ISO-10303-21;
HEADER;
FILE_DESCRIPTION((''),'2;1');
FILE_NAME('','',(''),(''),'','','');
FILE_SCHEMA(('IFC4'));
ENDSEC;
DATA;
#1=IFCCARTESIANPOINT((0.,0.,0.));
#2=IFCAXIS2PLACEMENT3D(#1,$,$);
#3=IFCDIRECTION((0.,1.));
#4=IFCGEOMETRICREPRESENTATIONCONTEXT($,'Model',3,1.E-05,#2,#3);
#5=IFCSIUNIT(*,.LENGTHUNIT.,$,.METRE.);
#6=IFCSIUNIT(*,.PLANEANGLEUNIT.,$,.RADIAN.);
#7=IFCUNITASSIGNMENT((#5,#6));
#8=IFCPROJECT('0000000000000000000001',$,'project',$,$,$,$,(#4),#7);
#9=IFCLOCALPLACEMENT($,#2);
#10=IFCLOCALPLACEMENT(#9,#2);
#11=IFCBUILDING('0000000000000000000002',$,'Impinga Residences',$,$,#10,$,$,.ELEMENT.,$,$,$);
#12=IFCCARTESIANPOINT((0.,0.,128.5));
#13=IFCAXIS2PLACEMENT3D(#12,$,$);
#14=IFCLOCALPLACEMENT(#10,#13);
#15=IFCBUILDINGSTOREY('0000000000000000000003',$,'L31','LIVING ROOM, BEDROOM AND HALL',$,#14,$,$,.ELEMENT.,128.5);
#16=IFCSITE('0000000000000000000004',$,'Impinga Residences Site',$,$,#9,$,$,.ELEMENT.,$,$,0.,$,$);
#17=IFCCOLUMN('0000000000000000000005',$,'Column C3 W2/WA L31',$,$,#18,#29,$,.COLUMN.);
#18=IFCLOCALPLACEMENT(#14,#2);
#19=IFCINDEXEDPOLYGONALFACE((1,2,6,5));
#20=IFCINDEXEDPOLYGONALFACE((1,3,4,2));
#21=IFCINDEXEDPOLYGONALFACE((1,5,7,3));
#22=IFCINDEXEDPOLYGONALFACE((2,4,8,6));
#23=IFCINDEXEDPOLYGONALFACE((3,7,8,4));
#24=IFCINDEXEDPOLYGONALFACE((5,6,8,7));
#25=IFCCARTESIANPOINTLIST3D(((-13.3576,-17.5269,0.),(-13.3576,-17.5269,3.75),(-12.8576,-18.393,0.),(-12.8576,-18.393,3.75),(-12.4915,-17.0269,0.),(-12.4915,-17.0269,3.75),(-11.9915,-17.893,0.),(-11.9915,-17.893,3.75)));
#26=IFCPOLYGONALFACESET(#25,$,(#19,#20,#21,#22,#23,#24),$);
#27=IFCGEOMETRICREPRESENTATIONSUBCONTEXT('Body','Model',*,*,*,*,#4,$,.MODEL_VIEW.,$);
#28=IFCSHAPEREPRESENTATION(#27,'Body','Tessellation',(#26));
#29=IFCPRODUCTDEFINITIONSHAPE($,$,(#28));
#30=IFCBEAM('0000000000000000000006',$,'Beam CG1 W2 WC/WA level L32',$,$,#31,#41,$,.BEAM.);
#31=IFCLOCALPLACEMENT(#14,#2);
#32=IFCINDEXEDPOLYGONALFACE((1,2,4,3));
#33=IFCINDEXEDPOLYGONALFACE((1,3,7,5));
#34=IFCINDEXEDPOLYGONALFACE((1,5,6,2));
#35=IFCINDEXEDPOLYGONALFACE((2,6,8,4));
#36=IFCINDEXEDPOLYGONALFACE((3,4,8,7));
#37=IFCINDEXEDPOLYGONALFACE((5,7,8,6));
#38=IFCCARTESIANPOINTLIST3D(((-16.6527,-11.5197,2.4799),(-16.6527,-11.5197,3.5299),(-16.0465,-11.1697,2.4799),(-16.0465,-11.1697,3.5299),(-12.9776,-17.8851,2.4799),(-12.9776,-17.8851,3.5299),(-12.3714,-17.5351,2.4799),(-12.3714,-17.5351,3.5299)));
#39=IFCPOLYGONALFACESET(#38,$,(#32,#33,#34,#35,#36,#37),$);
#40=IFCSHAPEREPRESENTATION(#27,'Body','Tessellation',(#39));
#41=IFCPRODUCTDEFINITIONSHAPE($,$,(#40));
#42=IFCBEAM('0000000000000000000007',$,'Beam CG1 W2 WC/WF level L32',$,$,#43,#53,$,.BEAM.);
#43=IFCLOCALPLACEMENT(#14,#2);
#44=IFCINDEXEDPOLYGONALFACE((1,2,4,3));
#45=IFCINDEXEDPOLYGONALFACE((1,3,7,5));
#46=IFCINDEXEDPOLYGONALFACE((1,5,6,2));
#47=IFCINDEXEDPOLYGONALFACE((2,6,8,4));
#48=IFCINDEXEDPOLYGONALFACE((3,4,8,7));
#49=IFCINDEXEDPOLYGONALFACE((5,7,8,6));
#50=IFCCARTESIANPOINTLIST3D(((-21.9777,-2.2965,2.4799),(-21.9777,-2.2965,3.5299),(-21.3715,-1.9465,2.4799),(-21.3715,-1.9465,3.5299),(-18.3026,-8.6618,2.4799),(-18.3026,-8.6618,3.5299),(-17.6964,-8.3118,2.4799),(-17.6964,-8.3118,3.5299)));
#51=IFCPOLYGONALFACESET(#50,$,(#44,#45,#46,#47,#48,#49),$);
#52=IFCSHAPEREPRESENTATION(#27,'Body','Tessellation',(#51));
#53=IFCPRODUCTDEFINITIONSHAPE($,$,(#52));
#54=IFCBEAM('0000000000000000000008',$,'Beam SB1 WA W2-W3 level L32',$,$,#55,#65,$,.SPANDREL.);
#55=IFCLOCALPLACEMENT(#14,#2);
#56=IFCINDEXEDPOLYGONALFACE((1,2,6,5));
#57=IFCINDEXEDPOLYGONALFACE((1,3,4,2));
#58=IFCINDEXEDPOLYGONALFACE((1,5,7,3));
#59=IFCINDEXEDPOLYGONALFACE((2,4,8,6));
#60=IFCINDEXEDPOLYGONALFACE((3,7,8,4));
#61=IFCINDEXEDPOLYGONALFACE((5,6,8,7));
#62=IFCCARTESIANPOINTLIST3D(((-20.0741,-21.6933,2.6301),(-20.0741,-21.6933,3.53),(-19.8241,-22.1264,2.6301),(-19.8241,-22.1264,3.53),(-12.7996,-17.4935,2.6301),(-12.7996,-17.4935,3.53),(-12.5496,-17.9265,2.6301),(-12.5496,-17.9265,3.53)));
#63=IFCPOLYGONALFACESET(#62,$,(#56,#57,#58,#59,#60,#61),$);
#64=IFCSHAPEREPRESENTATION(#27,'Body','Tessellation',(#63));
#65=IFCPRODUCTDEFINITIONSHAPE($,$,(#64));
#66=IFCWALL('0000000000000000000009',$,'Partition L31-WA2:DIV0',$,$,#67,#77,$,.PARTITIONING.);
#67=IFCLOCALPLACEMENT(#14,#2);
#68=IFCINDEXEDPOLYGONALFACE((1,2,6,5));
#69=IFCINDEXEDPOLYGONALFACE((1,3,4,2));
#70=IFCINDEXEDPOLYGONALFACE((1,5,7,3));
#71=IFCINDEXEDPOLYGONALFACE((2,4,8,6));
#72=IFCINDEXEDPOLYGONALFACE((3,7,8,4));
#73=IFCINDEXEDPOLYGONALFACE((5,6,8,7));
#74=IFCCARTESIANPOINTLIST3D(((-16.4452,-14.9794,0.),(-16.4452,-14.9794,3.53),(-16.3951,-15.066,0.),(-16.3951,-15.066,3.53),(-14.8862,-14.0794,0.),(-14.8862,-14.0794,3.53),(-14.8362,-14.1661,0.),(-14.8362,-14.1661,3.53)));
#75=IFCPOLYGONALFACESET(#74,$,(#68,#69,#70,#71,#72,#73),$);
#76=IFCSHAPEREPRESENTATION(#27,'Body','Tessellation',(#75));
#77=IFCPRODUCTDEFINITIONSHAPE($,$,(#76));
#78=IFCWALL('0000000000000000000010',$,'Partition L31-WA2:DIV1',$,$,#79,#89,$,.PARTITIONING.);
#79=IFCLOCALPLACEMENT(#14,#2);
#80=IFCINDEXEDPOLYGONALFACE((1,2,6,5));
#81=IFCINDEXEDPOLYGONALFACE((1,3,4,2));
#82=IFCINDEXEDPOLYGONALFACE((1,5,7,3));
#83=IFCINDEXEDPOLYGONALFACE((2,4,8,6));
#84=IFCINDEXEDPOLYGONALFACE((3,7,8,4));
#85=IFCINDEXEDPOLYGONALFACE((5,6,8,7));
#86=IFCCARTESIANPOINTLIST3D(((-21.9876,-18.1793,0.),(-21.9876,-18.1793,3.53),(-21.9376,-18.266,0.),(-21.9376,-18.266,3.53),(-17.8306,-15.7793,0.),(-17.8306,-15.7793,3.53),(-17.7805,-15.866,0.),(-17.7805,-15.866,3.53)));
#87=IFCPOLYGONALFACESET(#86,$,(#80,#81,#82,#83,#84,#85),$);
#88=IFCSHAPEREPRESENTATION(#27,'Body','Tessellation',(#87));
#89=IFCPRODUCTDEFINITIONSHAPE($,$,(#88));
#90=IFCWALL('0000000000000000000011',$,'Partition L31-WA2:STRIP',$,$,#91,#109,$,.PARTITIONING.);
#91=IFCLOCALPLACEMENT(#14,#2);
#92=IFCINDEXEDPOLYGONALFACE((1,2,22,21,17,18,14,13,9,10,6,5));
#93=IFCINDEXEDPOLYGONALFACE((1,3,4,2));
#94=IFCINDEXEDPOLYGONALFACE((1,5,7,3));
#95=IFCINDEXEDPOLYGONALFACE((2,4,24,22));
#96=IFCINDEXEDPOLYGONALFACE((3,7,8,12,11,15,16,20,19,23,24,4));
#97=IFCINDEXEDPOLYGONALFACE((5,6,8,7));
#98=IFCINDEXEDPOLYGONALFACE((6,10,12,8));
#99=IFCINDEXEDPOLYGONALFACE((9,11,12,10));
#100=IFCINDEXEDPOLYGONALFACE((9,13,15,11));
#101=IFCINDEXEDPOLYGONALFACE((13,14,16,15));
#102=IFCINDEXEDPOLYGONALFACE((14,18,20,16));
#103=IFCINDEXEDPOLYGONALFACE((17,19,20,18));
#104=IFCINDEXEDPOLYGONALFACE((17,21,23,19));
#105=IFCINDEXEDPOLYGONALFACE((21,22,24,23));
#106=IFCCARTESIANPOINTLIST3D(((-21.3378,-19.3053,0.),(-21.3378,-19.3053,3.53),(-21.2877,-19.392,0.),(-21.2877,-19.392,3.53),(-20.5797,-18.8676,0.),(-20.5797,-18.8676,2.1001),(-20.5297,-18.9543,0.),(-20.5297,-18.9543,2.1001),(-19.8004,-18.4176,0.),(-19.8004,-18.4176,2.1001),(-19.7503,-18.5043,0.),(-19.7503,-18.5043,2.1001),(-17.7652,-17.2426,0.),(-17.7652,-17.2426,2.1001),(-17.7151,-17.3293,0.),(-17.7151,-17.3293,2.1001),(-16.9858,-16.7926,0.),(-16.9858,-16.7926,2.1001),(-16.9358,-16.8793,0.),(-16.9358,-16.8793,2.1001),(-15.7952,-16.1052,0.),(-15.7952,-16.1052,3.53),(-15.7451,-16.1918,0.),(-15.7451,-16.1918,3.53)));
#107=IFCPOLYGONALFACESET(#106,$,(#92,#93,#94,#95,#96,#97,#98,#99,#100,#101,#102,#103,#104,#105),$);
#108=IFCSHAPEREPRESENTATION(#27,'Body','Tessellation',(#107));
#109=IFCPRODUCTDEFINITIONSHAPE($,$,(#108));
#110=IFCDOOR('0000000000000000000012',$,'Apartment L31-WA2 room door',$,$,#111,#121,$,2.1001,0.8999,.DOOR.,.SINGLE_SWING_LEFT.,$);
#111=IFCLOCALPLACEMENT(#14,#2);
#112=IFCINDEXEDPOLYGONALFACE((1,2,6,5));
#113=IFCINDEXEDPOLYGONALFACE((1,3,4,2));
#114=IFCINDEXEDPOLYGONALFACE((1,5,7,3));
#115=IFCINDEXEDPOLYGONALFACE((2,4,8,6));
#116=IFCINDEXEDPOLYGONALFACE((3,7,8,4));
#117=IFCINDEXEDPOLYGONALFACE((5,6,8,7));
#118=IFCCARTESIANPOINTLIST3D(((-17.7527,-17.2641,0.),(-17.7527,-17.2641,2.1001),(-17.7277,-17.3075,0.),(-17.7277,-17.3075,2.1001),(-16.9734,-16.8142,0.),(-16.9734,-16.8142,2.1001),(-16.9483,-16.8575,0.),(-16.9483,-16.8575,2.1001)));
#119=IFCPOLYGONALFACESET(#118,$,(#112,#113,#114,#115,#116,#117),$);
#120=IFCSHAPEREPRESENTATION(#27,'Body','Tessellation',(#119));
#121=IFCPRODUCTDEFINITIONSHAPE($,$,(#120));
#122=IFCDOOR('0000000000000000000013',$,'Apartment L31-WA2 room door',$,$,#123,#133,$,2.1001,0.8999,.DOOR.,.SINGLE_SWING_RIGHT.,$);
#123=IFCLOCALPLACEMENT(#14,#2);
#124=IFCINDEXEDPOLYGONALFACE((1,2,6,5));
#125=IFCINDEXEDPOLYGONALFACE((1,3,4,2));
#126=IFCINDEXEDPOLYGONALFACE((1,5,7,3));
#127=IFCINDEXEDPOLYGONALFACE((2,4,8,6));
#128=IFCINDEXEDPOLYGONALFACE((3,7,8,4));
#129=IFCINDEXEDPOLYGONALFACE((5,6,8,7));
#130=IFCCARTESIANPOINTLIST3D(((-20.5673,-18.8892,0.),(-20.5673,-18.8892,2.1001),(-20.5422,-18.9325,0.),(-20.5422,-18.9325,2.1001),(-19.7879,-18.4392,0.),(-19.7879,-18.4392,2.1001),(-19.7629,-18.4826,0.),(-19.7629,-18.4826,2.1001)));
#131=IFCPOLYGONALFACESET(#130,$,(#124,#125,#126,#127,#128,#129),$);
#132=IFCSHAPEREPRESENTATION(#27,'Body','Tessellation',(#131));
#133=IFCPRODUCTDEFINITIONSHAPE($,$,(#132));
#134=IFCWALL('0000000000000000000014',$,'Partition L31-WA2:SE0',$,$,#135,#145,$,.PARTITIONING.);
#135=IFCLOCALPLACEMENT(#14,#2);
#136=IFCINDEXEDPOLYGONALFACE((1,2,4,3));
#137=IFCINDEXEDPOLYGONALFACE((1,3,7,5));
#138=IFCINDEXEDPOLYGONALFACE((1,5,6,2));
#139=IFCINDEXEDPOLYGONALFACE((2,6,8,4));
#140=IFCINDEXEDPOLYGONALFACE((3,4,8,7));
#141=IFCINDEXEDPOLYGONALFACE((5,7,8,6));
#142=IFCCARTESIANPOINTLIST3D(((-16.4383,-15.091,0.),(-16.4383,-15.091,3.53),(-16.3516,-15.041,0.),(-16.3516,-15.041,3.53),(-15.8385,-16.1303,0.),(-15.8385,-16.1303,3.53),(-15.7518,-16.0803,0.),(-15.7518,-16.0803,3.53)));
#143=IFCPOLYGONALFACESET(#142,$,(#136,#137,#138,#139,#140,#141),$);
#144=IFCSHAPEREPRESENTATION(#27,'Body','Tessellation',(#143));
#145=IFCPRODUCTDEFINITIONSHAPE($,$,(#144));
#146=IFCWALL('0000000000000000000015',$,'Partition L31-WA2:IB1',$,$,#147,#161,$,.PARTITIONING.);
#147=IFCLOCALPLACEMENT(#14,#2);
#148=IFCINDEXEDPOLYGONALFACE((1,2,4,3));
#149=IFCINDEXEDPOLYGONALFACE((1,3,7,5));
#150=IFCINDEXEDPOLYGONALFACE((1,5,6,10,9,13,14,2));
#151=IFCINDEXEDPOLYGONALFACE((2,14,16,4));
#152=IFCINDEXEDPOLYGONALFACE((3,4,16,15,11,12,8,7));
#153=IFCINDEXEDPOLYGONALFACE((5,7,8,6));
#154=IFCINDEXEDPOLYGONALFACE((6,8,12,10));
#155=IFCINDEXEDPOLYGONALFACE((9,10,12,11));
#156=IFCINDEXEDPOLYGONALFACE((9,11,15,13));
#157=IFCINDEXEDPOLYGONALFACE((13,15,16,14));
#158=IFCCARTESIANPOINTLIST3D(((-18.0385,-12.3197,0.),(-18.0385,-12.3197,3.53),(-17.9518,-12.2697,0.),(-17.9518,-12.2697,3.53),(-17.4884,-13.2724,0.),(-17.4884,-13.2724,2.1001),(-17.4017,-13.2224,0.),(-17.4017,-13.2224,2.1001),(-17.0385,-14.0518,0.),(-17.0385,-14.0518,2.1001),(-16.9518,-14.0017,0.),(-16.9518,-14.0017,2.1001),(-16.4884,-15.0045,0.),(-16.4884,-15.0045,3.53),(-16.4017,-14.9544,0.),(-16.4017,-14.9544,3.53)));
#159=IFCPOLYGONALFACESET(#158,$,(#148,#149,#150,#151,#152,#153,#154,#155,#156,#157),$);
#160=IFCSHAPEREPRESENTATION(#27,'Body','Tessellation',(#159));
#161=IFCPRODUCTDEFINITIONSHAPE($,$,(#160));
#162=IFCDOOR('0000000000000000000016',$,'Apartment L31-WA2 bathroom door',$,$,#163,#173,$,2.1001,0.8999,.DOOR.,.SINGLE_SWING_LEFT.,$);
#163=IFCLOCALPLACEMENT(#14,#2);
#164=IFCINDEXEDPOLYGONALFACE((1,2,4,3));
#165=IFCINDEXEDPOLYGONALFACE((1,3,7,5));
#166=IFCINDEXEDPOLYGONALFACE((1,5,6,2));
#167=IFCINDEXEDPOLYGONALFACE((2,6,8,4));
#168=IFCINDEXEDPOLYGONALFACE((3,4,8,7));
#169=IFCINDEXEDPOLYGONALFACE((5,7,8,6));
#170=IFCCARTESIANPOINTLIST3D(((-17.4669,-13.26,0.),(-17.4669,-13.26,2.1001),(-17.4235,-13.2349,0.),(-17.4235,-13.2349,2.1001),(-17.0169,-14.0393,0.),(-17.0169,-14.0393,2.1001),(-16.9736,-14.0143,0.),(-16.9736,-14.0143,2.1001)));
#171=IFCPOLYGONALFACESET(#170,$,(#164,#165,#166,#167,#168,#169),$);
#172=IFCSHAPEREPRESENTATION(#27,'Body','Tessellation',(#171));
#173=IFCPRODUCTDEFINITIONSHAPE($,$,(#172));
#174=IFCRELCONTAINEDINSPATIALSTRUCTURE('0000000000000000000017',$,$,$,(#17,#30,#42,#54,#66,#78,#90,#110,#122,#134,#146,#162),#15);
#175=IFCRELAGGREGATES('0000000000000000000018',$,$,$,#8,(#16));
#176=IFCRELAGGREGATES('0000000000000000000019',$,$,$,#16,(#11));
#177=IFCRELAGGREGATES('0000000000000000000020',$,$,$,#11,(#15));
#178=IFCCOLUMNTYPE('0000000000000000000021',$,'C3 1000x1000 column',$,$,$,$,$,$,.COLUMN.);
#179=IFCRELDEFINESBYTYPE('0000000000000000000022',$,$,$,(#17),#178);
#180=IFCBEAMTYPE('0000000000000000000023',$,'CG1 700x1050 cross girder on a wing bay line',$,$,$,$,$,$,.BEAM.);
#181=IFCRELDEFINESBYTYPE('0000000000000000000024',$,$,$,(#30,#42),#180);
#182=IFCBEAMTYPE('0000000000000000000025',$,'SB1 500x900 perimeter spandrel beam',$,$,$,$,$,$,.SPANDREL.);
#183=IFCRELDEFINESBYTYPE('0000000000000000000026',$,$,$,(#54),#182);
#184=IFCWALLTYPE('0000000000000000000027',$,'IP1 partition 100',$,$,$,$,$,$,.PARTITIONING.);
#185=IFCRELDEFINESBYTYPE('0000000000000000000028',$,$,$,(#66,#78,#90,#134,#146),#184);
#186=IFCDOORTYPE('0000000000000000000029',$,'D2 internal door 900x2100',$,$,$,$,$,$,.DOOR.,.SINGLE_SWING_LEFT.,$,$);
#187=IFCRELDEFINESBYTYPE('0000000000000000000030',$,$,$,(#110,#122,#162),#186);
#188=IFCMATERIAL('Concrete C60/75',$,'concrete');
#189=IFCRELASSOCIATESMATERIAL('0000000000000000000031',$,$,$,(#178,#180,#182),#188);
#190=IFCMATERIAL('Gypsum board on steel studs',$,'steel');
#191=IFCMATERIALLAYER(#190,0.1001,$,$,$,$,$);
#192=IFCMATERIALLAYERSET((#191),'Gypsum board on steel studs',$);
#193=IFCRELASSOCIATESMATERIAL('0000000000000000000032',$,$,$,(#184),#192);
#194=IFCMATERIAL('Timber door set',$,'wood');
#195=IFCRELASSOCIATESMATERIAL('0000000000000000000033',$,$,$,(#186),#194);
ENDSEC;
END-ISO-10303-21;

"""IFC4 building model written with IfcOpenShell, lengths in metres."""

from ifc_helpers import new_model, si_unit, direction, frame, frame_2d, origin, origin_2d, place, context, subcontext, project, spatial, rectangle, extrude, material, layer, layer_set, material_profile, profile_set, type_object, element, fill, save


model = new_model("IFC4")

# Units and contexts
model_context = context("Model", 3, precision=1e-05, world=origin(), true_north=direction((0.0, 1.0)))
body_context = subcontext(model_context, "Body", "Model", "MODEL_VIEW")
ifc_project = project(units=[si_unit("LENGTHUNIT", "METRE"), si_unit("PLANEANGLEUNIT", "RADIAN")], contexts=[model_context])

# Site, building, storey
site_placement = place(None, origin())
site = spatial("IfcSite", under=ifc_project, at=site_placement, Name="Impinga Residences Site", CompositionType="ELEMENT", RefElevation=0.0)
building_placement = place(site_placement, origin())
building = spatial("IfcBuilding", under=site, at=building_placement, Name="Impinga Residences", CompositionType="ELEMENT")
storey_placement = place(building_placement, frame((0.0, 0.0, 128.5)))
storey = spatial("IfcBuildingStorey", under=building, at=storey_placement, Name="L31", Description="LIVING ROOM, BEDROOM AND HALL", CompositionType="ELEMENT", Elevation=128.5)

# Column
ifc_material_1 = material(Name="Concrete C60/75", Category="concrete")
ifc_material_profile_1 = material_profile(ifc_material_1, rectangle(XDim=1.0, YDim=1.0, at=origin_2d()), Name="RC 1000x1000")
ifc_profile_set_1 = profile_set([ifc_material_profile_1], Name="Concrete C60/75")
column_type = type_object("IfcColumnType", Name="C3 1000x1000 column", PredefinedType="COLUMN", material=ifc_profile_set_1)
column_placement = place(storey_placement, frame((-12.6746, -17.71, 0.0), z_axis=(0.0, 0.0, 1.0), x_axis=(-0.5, 0.866025, 0.0)))
element("IfcColumn", 1, at=column_placement, inside=storey, type_object=column_type, Name="Column C3 W2/WA L31", PredefinedType="COLUMN", context=body_context, shape_type="SweptSolid", body=[
    extrude(rectangle(XDim=1.0, YDim=1.0, at=origin_2d()), origin(), (0.0, 0.0, 1.0), 3.75),
])

# Beams
ifc_material_profile_2 = material_profile(ifc_material_1, rectangle(XDim=0.7, YDim=1.05, at=origin_2d()), Name="RC 700x1050")
ifc_profile_set_2 = profile_set([ifc_material_profile_2], Name="Concrete C60/75")
beam_type_1 = type_object("IfcBeamType", Name="CG1 700x1050 cross girder on a wing bay line", PredefinedType="BEAM", material=ifc_profile_set_2)
for number, where, z_axis, x_axis, name in (
    (2, (-16.3496, -11.3447, 3.0049), (0.500008, -0.866021, 0.0), (0.866021, 0.500008, 0.0), "Beam CG1 W2 WC/WA level L32"),
    (3, (-17.9995, -8.4868, 3.0049), (-0.500008, 0.866021, 0.0), (-0.866021, -0.500008, 0.0), "Beam CG1 W2 WC/WF level L32"),
):
    element("IfcBeam", number, at=place(storey_placement, frame(where, z_axis=z_axis, x_axis=x_axis)), inside=storey, type_object=beam_type_1, Name=name, PredefinedType="BEAM", context=body_context, shape_type="SweptSolid", body=[
        extrude(rectangle(XDim=0.7, YDim=1.05, at=origin_2d()), origin(), (0.0, 0.0, 1.0), 7.3501),
    ])
ifc_material_profile_3 = material_profile(ifc_material_1, rectangle(XDim=0.5, YDim=0.8999, at=origin_2d()), Name="RC 500x900")
ifc_profile_set_3 = profile_set([ifc_material_profile_3], Name="Concrete C60/75")
beam_type_2 = type_object("IfcBeamType", Name="SB1 500x900 perimeter spandrel beam", PredefinedType="SPANDREL", material=ifc_profile_set_3)
beam_placement = place(storey_placement, frame((-12.6746, -17.71, 3.0801), z_axis=(-0.866029, -0.499993, 0.0), x_axis=(0.499993, -0.866029, 0.0)))
element("IfcBeam", 4, at=beam_placement, inside=storey, type_object=beam_type_2, Name="Beam SB1 WA W2-W3 level L32", PredefinedType="SPANDREL", context=body_context, shape_type="SweptSolid", body=[
    extrude(rectangle(XDim=0.5, YDim=0.8999, at=origin_2d()), origin(), (0.0, 0.0, 1.0), 8.3999),
])

# Walls
ifc_material_2 = material(Name="Gypsum board on steel studs", Category="steel")
ifc_layer_1 = layer(ifc_material_2, 0.1001)
ifc_layer_set_1 = layer_set([ifc_layer_1], Name="Gypsum board on steel studs")
wall_type_1 = type_object("IfcWallType", Name="IP1 partition 100", PredefinedType="PARTITIONING", material=ifc_layer_set_1)
wall_1_placement = place(storey_placement, frame((-14.8613, -14.1228, 0.0), z_axis=(0.0, 0.0, 1.0), x_axis=(-0.866048, -0.499961, 0.0)))
element("IfcWall", 5, at=wall_1_placement, inside=storey, type_object=wall_type_1, Name="Partition L31-WA2:DIV0", PredefinedType="PARTITIONING", context=body_context, shape_type="SweptSolid", body=[
    extrude(rectangle(XDim=1.8, YDim=0.1001, at=frame_2d((0.8999, 0.0))), origin(), (0.0, 0.0, 1.0), 3.53),
])
wall_2_placement = place(storey_placement, frame((-17.8057, -15.8228, 0.0), z_axis=(0.0, 0.0, 1.0), x_axis=(-0.866037, -0.499979, 0.0)))
element("IfcWall", 6, at=wall_2_placement, inside=storey, type_object=wall_type_1, Name="Partition L31-WA2:DIV1", PredefinedType="PARTITIONING", context=body_context, shape_type="SweptSolid", body=[
    extrude(rectangle(XDim=4.8, YDim=0.1001, at=frame_2d((2.3999, 0.0))), origin(), (0.0, 0.0, 1.0), 3.53),
])

# Wall, openings, doors
wall_3_placement = place(storey_placement, frame((-15.77, -16.1484, 0.0), z_axis=(0.0, 0.0, 1.0), x_axis=(-0.866019, -0.500012, 0.0)))
wall_3 = element("IfcWall", 7, at=wall_3_placement, inside=storey, type_object=wall_type_1, Name="Partition L31-WA2:STRIP", PredefinedType="PARTITIONING", context=body_context, shape_type="SweptSolid", body=[
    extrude(rectangle(XDim=6.4001, YDim=0.1001, at=frame_2d((3.2002, 0.0))), origin(), (0.0, 0.0, 1.0), 3.53),
])
opening_1_placement = place(wall_3_placement, frame((1.375, 0.0, 0.0)))
opening_1 = element("IfcOpeningElement", 8, at=opening_1_placement, cuts=wall_3, PredefinedType="OPENING", context=body_context, shape_type="SweptSolid", body=[
    extrude(rectangle(XDim=0.8999, YDim=2.1001, at=frame_2d((0.45, 1.05))), frame((0.0, 0.0601, 0.0), z_axis=(0.0, -1.0, 0.0), x_axis=(1.0, 0.0, 0.0)), (0.0, 0.0, 1.0), 0.1201),
])
opening_2_placement = place(wall_3_placement, frame((4.625, 0.0, 0.0)))
opening_2 = element("IfcOpeningElement", 9, at=opening_2_placement, cuts=wall_3, PredefinedType="OPENING", context=body_context, shape_type="SweptSolid", body=[
    extrude(rectangle(XDim=0.8999, YDim=2.1001, at=frame_2d((0.45, 1.05))), frame((0.0, 0.0601, 0.0), z_axis=(0.0, -1.0, 0.0), x_axis=(1.0, 0.0, 0.0)), (0.0, 0.0, 1.0), 0.1201),
])
ifc_material_3 = material(Name="Timber door set", Category="wood")
door_type = type_object("IfcDoorType", Name="D2 internal door 900x2100", OperationType="SINGLE_SWING_LEFT", PredefinedType="DOOR", material=ifc_material_3)
door_1_placement = place(opening_1_placement, origin())
door_1 = element("IfcDoor", 10, at=door_1_placement, inside=storey, type_object=door_type, Name="Apartment L31-WA2 room door", OperationType="SINGLE_SWING_LEFT", OverallHeight=2.1001, OverallWidth=0.8999, PredefinedType="DOOR", context=body_context, shape_type="SweptSolid", body=[
    extrude(rectangle(XDim=0.8999, YDim=2.1001, at=frame_2d((0.45, 1.05))), frame((0.0, 0.0249, 0.0), z_axis=(0.0, -1.0, 0.0), x_axis=(1.0, 0.0, 0.0)), (0.0, 0.0, 1.0), 0.05),
])
fill(opening_1, door_1)
door_2_placement = place(opening_2_placement, origin())
door_2 = element("IfcDoor", 11, at=door_2_placement, inside=storey, type_object=door_type, Name="Apartment L31-WA2 room door", OperationType="SINGLE_SWING_RIGHT", OverallHeight=2.1001, OverallWidth=0.8999, PredefinedType="DOOR", context=body_context, shape_type="SweptSolid", body=[
    extrude(rectangle(XDim=0.8999, YDim=2.1001, at=frame_2d((0.45, 1.05))), frame((0.0, 0.0249, 0.0), z_axis=(0.0, -1.0, 0.0), x_axis=(1.0, 0.0, 0.0)), (0.0, 0.0, 1.0), 0.05),
])
fill(opening_2, door_2)

# Wall
wall_4_placement = place(storey_placement, frame((-16.395, -15.0659, 0.0), z_axis=(0.0, 0.0, 1.0), x_axis=(0.499881, -0.866094, 0.0)))
element("IfcWall", 12, at=wall_4_placement, inside=storey, type_object=wall_type_1, Name="Partition L31-WA2:SE0", PredefinedType="PARTITIONING", context=body_context, shape_type="SweptSolid", body=[
    extrude(rectangle(XDim=1.2, YDim=0.1001, at=frame_2d((0.6001, 0.0))), origin(), (0.0, 0.0, 1.0), 3.53),
])

# Wall, opening, door
wall_5_placement = place(storey_placement, frame((-17.9951, -12.2947, 0.0), z_axis=(0.0, 0.0, 1.0), x_axis=(0.499993, -0.86603, 0.0)))
wall_5 = element("IfcWall", 13, at=wall_5_placement, inside=storey, type_object=wall_type_1, Name="Partition L31-WA2:IB1", PredefinedType="PARTITIONING", context=body_context, shape_type="SweptSolid", body=[
    extrude(rectangle(XDim=3.1001, YDim=0.1001, at=frame_2d((1.55, 0.0))), origin(), (0.0, 0.0, 1.0), 3.53),
])
opening_3_placement = place(wall_5_placement, frame((1.1001, 0.0, 0.0)))
opening_3 = element("IfcOpeningElement", 14, at=opening_3_placement, cuts=wall_5, PredefinedType="OPENING", context=body_context, shape_type="SweptSolid", body=[
    extrude(rectangle(XDim=0.8999, YDim=2.1001, at=frame_2d((0.45, 1.05))), frame((0.0, 0.0601, 0.0), z_axis=(0.0, -1.0, 0.0), x_axis=(1.0, 0.0, 0.0)), (0.0, 0.0, 1.0), 0.1201),
])
door_3_placement = place(opening_3_placement, origin())
door_3 = element("IfcDoor", 15, at=door_3_placement, inside=storey, type_object=door_type, Name="Apartment L31-WA2 bathroom door", OperationType="SINGLE_SWING_LEFT", OverallHeight=2.1001, OverallWidth=0.8999, PredefinedType="DOOR", context=body_context, shape_type="SweptSolid", body=[
    extrude(rectangle(XDim=0.8999, YDim=2.1001, at=frame_2d((0.45, 1.05))), frame((0.0, 0.0249, 0.0), z_axis=(0.0, -1.0, 0.0), x_axis=(1.0, 0.0, 0.0)), (0.0, 0.0, 1.0), 0.05),
])
fill(opening_3, door_3)

save(model, "model.ifc")
